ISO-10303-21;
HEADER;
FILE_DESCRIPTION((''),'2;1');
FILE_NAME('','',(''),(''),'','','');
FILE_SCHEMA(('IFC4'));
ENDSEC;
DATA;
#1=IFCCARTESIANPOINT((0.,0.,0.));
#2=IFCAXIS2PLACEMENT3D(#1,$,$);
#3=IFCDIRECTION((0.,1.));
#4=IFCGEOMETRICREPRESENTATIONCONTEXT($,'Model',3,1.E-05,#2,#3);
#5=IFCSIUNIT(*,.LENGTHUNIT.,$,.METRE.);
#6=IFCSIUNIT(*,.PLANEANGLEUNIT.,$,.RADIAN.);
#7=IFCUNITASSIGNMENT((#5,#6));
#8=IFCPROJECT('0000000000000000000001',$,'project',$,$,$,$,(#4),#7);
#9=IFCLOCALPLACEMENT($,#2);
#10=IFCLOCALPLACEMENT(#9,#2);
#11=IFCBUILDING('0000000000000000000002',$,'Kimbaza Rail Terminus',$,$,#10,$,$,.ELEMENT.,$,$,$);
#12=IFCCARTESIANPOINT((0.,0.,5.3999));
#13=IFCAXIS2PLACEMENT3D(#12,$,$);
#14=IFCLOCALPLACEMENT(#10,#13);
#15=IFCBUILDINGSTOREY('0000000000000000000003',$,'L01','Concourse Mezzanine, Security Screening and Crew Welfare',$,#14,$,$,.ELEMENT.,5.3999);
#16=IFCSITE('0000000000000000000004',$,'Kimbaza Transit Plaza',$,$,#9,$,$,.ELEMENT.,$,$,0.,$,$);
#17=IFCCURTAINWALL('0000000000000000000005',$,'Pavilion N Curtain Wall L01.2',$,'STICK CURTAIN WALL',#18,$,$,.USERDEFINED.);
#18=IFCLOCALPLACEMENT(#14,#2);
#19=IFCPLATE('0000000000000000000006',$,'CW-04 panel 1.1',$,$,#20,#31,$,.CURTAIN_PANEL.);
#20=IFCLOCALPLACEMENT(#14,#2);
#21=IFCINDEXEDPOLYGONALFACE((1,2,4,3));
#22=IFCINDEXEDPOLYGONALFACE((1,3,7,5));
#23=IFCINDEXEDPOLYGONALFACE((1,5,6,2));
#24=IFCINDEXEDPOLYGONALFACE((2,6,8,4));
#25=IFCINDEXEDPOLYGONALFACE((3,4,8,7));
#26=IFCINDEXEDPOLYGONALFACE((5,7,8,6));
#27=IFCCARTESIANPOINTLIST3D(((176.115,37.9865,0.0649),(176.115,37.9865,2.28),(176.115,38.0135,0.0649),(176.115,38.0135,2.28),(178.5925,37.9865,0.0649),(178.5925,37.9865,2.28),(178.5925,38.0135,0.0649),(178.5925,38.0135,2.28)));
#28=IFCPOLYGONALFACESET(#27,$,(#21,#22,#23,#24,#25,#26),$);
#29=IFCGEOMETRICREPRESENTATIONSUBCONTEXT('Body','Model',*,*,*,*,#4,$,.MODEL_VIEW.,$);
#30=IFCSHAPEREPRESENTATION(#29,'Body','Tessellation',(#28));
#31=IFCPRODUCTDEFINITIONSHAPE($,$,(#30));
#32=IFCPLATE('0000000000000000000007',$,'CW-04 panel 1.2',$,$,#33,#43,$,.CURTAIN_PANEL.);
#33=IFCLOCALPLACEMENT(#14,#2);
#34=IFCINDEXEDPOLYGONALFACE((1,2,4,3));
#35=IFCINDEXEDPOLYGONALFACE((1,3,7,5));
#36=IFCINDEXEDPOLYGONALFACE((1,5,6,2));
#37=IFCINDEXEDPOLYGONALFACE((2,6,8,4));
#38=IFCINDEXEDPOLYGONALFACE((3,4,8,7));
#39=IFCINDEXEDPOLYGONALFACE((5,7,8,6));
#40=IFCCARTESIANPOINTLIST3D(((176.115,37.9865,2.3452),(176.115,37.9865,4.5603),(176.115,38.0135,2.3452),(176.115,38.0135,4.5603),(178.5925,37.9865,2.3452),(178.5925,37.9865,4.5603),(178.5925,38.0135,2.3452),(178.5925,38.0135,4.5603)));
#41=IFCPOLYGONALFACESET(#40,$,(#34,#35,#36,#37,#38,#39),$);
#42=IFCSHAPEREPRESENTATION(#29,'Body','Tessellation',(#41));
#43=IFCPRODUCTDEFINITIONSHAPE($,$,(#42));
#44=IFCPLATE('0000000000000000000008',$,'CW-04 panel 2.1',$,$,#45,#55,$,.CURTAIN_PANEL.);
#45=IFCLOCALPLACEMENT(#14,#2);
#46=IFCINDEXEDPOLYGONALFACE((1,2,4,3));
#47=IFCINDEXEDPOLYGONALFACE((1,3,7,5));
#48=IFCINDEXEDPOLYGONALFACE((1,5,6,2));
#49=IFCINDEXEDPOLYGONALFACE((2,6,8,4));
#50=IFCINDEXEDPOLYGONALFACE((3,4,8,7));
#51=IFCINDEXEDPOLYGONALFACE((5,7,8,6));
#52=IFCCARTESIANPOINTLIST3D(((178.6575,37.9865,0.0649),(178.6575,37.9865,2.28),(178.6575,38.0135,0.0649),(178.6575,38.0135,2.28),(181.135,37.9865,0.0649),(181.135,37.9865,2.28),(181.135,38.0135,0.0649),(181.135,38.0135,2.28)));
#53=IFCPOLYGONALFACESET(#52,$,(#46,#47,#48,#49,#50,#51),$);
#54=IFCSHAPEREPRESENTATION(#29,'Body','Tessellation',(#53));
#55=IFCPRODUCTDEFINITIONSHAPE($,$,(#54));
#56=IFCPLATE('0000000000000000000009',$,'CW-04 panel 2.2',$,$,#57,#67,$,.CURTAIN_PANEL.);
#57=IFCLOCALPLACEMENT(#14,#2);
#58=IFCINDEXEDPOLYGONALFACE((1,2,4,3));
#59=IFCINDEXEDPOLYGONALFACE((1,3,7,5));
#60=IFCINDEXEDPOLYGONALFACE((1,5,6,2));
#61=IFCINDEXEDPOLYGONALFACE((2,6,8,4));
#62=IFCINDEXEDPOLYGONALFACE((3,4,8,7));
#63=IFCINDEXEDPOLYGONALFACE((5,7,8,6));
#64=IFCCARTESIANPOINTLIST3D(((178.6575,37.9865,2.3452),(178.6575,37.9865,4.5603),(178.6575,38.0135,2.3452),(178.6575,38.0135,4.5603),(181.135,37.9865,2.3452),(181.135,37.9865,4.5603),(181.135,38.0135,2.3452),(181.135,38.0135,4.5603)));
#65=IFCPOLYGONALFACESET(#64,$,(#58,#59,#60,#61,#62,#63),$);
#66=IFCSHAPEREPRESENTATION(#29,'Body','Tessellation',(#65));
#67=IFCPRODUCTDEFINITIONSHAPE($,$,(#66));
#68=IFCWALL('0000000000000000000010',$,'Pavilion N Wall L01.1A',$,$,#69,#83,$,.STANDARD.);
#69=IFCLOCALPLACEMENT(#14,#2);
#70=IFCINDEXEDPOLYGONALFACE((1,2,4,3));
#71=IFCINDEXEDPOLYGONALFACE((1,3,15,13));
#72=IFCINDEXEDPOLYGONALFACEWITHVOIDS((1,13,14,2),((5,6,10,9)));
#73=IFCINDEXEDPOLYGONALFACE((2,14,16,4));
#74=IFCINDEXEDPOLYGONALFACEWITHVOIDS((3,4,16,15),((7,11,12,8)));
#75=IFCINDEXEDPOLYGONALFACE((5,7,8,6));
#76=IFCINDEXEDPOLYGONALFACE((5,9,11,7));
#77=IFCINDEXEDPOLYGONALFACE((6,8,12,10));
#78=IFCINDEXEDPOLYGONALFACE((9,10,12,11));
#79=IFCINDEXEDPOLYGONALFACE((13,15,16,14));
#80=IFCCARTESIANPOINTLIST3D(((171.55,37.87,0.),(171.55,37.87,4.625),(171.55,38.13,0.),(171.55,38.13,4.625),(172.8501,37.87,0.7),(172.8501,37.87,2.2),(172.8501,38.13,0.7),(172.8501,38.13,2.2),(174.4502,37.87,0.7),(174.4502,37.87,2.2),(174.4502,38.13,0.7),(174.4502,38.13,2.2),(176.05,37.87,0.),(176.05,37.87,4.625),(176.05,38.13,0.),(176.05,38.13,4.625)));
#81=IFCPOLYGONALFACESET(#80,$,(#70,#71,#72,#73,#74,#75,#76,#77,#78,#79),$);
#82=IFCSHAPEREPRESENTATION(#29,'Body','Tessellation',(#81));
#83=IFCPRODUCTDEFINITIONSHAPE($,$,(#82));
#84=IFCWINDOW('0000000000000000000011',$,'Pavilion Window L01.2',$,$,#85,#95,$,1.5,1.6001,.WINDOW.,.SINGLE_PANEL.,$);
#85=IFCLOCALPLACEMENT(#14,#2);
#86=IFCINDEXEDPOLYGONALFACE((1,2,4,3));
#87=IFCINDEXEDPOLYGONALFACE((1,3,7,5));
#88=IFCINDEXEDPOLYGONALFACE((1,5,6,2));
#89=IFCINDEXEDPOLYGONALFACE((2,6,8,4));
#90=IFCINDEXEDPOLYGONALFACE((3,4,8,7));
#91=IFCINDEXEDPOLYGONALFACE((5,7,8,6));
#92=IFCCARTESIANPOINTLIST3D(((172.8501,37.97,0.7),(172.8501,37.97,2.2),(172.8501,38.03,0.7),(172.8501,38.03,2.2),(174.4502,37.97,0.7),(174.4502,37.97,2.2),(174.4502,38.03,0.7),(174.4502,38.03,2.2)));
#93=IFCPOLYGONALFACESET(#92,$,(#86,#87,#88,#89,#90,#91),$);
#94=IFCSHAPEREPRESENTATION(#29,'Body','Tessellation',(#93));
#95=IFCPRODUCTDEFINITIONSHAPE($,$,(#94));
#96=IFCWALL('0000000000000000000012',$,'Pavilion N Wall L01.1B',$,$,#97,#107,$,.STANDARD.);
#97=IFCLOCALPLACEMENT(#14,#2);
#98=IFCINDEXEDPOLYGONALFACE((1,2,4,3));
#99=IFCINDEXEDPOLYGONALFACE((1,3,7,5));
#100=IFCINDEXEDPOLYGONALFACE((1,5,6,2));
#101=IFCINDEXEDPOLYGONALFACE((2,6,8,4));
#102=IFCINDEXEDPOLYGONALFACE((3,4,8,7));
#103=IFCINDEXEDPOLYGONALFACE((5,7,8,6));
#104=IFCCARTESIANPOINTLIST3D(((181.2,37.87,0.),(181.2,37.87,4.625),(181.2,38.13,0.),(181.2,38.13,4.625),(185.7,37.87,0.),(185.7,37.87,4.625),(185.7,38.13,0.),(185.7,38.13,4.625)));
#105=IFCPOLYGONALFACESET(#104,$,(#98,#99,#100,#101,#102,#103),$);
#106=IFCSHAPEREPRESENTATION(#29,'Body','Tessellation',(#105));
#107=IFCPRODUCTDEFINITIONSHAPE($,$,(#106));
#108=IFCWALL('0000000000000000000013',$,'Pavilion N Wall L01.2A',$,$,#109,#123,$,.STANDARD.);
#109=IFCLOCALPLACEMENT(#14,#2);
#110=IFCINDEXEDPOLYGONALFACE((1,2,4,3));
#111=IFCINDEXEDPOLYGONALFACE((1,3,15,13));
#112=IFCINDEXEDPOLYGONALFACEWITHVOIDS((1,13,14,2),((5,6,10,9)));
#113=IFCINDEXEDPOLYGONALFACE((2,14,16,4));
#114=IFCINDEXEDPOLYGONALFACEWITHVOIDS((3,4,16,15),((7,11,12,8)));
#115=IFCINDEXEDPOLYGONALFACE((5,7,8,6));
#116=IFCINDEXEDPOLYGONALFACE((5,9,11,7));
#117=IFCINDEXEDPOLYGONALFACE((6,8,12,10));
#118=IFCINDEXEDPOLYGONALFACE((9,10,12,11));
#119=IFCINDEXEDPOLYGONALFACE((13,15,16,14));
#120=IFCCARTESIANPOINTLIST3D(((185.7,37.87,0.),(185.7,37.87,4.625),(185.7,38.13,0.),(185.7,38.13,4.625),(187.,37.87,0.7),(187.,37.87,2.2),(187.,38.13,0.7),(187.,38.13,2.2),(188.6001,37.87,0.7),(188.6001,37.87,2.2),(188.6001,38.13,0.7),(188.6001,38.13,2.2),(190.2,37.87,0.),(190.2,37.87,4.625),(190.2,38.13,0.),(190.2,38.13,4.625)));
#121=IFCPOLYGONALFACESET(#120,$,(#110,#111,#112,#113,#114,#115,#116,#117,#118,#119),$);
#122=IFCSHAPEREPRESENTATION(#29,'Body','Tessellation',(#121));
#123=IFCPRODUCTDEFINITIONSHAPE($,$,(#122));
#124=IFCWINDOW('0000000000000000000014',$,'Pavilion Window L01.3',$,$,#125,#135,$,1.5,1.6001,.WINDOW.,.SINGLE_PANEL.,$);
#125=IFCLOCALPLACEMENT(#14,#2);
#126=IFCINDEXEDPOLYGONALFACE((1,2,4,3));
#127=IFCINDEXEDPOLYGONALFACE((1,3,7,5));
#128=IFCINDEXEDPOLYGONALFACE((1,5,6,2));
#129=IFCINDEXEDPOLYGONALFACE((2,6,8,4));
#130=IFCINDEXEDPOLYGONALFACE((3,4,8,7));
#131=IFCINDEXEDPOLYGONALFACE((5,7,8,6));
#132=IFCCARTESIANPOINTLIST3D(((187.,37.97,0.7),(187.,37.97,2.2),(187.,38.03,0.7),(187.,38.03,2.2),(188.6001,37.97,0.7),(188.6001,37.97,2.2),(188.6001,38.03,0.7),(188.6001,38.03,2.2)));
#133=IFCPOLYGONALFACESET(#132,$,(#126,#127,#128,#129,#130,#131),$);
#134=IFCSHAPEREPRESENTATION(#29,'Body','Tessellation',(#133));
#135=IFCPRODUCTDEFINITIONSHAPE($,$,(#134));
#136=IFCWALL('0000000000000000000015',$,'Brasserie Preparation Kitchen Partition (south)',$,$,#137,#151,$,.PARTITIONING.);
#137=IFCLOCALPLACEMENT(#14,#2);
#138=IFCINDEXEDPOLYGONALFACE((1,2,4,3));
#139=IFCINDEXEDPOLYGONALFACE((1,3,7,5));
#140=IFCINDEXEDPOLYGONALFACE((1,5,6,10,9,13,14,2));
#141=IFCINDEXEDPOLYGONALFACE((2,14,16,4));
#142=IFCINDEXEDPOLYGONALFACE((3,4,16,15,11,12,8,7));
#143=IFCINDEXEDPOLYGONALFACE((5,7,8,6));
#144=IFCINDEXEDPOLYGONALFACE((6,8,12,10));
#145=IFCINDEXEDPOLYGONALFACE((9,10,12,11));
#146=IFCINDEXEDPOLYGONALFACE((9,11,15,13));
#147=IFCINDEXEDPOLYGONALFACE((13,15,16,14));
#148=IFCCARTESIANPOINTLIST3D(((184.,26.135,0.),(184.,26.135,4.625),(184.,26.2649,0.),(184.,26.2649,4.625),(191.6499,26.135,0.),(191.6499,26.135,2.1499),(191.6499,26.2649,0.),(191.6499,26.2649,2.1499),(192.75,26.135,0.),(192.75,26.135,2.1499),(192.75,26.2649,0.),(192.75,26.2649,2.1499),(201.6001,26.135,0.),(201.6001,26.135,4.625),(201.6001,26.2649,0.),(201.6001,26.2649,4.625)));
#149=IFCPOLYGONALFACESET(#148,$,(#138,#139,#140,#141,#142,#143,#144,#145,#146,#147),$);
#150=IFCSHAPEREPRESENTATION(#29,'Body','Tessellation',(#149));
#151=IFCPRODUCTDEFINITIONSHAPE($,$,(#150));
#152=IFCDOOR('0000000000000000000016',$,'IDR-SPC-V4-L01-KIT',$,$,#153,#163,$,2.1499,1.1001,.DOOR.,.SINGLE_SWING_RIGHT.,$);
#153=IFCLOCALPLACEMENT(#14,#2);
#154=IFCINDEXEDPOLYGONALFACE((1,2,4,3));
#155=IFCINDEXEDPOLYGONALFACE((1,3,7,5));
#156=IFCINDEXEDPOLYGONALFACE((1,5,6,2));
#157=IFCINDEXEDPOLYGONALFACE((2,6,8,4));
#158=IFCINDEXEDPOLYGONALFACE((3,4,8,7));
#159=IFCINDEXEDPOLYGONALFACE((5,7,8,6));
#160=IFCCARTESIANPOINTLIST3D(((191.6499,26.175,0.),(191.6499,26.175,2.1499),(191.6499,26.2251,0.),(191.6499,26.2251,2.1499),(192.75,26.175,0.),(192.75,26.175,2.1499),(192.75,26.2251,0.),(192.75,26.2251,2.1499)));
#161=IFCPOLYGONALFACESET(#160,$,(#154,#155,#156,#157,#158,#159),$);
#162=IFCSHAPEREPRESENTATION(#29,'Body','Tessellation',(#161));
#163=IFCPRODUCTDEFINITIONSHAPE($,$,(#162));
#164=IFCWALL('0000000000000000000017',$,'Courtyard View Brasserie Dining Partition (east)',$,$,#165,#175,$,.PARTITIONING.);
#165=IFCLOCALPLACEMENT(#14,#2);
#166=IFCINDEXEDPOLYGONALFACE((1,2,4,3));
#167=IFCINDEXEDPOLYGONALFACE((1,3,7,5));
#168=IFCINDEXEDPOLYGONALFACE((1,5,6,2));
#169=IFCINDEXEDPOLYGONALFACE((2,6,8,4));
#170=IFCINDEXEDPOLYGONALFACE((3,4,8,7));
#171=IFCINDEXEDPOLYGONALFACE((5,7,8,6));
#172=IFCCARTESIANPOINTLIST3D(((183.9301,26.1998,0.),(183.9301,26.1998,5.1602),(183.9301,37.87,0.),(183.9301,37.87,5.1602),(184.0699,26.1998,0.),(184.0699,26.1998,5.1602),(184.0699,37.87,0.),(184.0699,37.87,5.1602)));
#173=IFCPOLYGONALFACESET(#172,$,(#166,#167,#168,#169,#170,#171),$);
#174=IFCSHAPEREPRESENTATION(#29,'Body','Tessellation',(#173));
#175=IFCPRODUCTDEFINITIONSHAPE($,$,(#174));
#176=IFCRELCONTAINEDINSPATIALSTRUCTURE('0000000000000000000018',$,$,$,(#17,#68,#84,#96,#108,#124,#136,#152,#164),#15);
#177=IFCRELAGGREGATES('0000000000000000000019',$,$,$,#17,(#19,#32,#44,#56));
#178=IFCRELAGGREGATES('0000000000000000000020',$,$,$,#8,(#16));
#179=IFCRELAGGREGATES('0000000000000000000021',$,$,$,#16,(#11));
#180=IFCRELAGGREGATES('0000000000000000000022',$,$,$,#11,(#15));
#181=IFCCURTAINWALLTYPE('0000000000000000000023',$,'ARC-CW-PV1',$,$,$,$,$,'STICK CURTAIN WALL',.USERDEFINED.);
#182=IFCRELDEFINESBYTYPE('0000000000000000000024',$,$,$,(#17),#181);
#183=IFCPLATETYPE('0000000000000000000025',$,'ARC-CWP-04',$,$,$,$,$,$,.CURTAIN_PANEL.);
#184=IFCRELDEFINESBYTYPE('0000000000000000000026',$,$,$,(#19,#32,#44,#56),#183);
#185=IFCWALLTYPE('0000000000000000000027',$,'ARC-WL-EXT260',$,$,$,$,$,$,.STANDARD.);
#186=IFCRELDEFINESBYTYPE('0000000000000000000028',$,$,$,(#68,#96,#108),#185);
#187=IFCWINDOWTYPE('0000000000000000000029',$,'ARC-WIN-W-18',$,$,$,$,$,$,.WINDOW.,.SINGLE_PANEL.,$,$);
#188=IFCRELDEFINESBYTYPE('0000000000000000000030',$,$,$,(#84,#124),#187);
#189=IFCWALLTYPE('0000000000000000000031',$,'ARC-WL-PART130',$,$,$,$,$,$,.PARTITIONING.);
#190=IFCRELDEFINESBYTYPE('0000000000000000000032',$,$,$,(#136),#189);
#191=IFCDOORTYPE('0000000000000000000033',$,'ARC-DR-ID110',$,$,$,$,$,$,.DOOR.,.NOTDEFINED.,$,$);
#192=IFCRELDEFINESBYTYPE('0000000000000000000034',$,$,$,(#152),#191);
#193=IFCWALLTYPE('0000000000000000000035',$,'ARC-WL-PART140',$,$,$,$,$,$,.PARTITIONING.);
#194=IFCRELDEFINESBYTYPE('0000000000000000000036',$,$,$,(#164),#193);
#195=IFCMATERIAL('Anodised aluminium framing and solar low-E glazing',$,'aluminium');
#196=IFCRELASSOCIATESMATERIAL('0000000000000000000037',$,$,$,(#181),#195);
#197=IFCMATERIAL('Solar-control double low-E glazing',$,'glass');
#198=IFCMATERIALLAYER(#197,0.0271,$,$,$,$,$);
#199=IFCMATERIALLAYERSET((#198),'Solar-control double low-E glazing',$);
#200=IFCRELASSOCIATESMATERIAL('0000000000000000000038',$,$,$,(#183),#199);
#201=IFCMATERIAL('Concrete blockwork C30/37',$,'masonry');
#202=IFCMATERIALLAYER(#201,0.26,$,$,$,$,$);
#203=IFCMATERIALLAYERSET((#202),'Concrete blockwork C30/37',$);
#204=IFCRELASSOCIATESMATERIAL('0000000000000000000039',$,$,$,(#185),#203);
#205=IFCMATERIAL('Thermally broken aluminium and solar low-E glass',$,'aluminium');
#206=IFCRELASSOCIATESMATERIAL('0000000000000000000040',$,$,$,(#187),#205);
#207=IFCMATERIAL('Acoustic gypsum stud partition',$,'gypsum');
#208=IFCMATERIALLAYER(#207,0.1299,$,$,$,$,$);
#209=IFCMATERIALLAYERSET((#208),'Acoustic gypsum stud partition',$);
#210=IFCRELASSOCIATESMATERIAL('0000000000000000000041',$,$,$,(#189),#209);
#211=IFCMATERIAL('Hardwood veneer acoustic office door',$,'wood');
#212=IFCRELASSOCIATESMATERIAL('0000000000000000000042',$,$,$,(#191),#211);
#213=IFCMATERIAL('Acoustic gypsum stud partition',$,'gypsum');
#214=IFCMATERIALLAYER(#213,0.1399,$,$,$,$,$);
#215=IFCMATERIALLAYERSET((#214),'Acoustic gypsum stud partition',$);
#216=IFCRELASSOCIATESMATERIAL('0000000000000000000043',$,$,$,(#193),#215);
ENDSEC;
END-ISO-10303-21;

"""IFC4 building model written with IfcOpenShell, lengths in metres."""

from ifc_helpers import new_model, si_unit, direction, frame, frame_2d, origin, origin_2d, place, context, subcontext, project, spatial, rectangle, extrude, material, layer, layer_set, type_object, element, fill, aggregate, save


model = new_model("IFC4")

# Units and contexts
model_context = context("Model", 3, precision=1e-05, world=origin(), true_north=direction((0.0, 1.0)))
body_context = subcontext(model_context, "Body", "Model", "MODEL_VIEW")
ifc_project = project(units=[si_unit("LENGTHUNIT", "METRE"), si_unit("PLANEANGLEUNIT", "RADIAN")], contexts=[model_context])

# Site, building, storey
site_placement = place(None, origin())
site = spatial("IfcSite", under=ifc_project, at=site_placement, Name="Kimbaza Transit Plaza", CompositionType="ELEMENT", RefElevation=0.0)
building_placement = place(site_placement, origin())
building = spatial("IfcBuilding", under=site, at=building_placement, Name="Kimbaza Rail Terminus", CompositionType="ELEMENT")
storey_placement = place(building_placement, frame((0.0, 0.0, 5.3999)))
storey = spatial("IfcBuildingStorey", under=building, at=storey_placement, Name="L01", Description="Concourse Mezzanine, Security Screening and Crew Welfare", CompositionType="ELEMENT", Elevation=5.3999)

# Curtain wall
ifc_material_1 = material(Name="Anodised aluminium framing and solar low-E glazing", Category="aluminium")
curtain_wall_type = type_object("IfcCurtainWallType", Name="ARC-CW-PV1", ElementType="STICK CURTAIN WALL", PredefinedType="USERDEFINED", material=ifc_material_1)
curtain_wall_placement = place(storey_placement, origin())
curtain_wall = element("IfcCurtainWall", 1, at=curtain_wall_placement, inside=storey, type_object=curtain_wall_type, Name="Pavilion N Curtain Wall L01.2", ObjectType="STICK CURTAIN WALL", PredefinedType="USERDEFINED")

# Plates
ifc_material_2 = material(Name="Solar-control double low-E glazing", Category="glass")
ifc_layer_1 = layer(ifc_material_2, 0.0271)
ifc_layer_set_1 = layer_set([ifc_layer_1], Name="Solar-control double low-E glazing")
plate_type = type_object("IfcPlateType", Name="ARC-CWP-04", PredefinedType="CURTAIN_PANEL", material=ifc_layer_set_1)
plate_1_placement = place(storey_placement, frame((177.3538, 38.0, 0.0649), z_axis=(0.0, 0.0, 1.0), x_axis=(1.0, 0.0, 0.0)))
plate_1 = element("IfcPlate", 2, at=plate_1_placement, type_object=plate_type, Name="CW-04 panel 1.1", PredefinedType="CURTAIN_PANEL", context=body_context, shape_type="SweptSolid", body=[
    extrude(rectangle(XDim=2.4775, YDim=0.0271, at=origin_2d()), origin(), (0.0, 0.0, 1.0), 2.2151),
])
plate_2_placement = place(storey_placement, frame((177.3538, 38.0, 2.3452), z_axis=(0.0, 0.0, 1.0), x_axis=(1.0, 0.0, 0.0)))
plate_2 = element("IfcPlate", 3, at=plate_2_placement, type_object=plate_type, Name="CW-04 panel 1.2", PredefinedType="CURTAIN_PANEL", context=body_context, shape_type="SweptSolid", body=[
    extrude(rectangle(XDim=2.4775, YDim=0.0271, at=origin_2d()), origin(), (0.0, 0.0, 1.0), 2.2151),
])
plate_3_placement = place(storey_placement, frame((179.8962, 38.0, 0.0649), z_axis=(0.0, 0.0, 1.0), x_axis=(1.0, 0.0, 0.0)))
plate_3 = element("IfcPlate", 4, at=plate_3_placement, type_object=plate_type, Name="CW-04 panel 2.1", PredefinedType="CURTAIN_PANEL", context=body_context, shape_type="SweptSolid", body=[
    extrude(rectangle(XDim=2.4775, YDim=0.0271, at=origin_2d()), origin(), (0.0, 0.0, 1.0), 2.2151),
])
plate_4_placement = place(storey_placement, frame((179.8962, 38.0, 2.3452), z_axis=(0.0, 0.0, 1.0), x_axis=(1.0, 0.0, 0.0)))
plate_4 = element("IfcPlate", 5, at=plate_4_placement, type_object=plate_type, Name="CW-04 panel 2.2", PredefinedType="CURTAIN_PANEL", context=body_context, shape_type="SweptSolid", body=[
    extrude(rectangle(XDim=2.4775, YDim=0.0271, at=origin_2d()), origin(), (0.0, 0.0, 1.0), 2.2151),
])
aggregate(curtain_wall, [plate_1, plate_2, plate_3, plate_4])

# Wall, opening, window
ifc_material_3 = material(Name="Concrete blockwork C30/37", Category="masonry")
ifc_layer_2 = layer(ifc_material_3, 0.26)
ifc_layer_set_2 = layer_set([ifc_layer_2], Name="Concrete blockwork C30/37")
wall_type_1 = type_object("IfcWallType", Name="ARC-WL-EXT260", PredefinedType="STANDARD", material=ifc_layer_set_2)
wall_1_placement = place(storey_placement, frame((171.55, 38.0, 0.0), z_axis=(0.0, 0.0, 1.0), x_axis=(1.0, 0.0, 0.0)))
wall_1 = element("IfcWall", 6, at=wall_1_placement, inside=storey, type_object=wall_type_1, Name="Pavilion N Wall L01.1A", PredefinedType="STANDARD", context=body_context, shape_type="SweptSolid", body=[
    extrude(rectangle(XDim=4.5, YDim=0.26, at=frame_2d((2.25, 0.0))), origin(), (0.0, 0.0, 1.0), 4.625),
])
opening_1_placement = place(wall_1_placement, frame((1.3, 0.0, 0.7)))
opening_1 = element("IfcOpeningElement", 7, at=opening_1_placement, cuts=wall_1, PredefinedType="OPENING", context=body_context, shape_type="SweptSolid", body=[
    extrude(rectangle(XDim=1.6001, YDim=1.5, at=frame_2d((0.8, 0.75))), frame((0.0, 0.1399, 0.0), z_axis=(0.0, -1.0, 0.0), x_axis=(1.0, 0.0, 0.0)), (0.0, 0.0, 1.0), 0.28),
])
ifc_material_4 = material(Name="Thermally broken aluminium and solar low-E glass", Category="aluminium")
window_type = type_object("IfcWindowType", Name="ARC-WIN-W-18", PartitioningType="SINGLE_PANEL", PredefinedType="WINDOW", material=ifc_material_4)
window_1_placement = place(opening_1_placement, origin())
window_1 = element("IfcWindow", 8, at=window_1_placement, inside=storey, type_object=window_type, Name="Pavilion Window L01.2", OverallHeight=1.5, OverallWidth=1.6001, PartitioningType="SINGLE_PANEL", PredefinedType="WINDOW", context=body_context, shape_type="SweptSolid", body=[
    extrude(rectangle(XDim=1.6001, YDim=1.5, at=frame_2d((0.8, 0.75))), frame((0.0, 0.03, 0.0), z_axis=(0.0, -1.0, 0.0), x_axis=(1.0, 0.0, 0.0)), (0.0, 0.0, 1.0), 0.0601),
])
fill(opening_1, window_1)

# Wall
wall_2_placement = place(storey_placement, frame((181.2, 38.0, 0.0), z_axis=(0.0, 0.0, 1.0), x_axis=(1.0, 0.0, 0.0)))
element("IfcWall", 9, at=wall_2_placement, inside=storey, type_object=wall_type_1, Name="Pavilion N Wall L01.1B", PredefinedType="STANDARD", context=body_context, shape_type="SweptSolid", body=[
    extrude(rectangle(XDim=4.5, YDim=0.26, at=frame_2d((2.25, 0.0))), origin(), (0.0, 0.0, 1.0), 4.625),
])

# Wall, opening, window
wall_3_placement = place(storey_placement, frame((185.7, 38.0, 0.0), z_axis=(0.0, 0.0, 1.0), x_axis=(1.0, 0.0, 0.0)))
wall_3 = element("IfcWall", 10, at=wall_3_placement, inside=storey, type_object=wall_type_1, Name="Pavilion N Wall L01.2A", PredefinedType="STANDARD", context=body_context, shape_type="SweptSolid", body=[
    extrude(rectangle(XDim=4.5, YDim=0.26, at=frame_2d((2.25, 0.0))), origin(), (0.0, 0.0, 1.0), 4.625),
])
opening_2_placement = place(wall_3_placement, frame((1.3, 0.0, 0.7)))
opening_2 = element("IfcOpeningElement", 11, at=opening_2_placement, cuts=wall_3, PredefinedType="OPENING", context=body_context, shape_type="SweptSolid", body=[
    extrude(rectangle(XDim=1.6001, YDim=1.5, at=frame_2d((0.8, 0.75))), frame((0.0, 0.1399, 0.0), z_axis=(0.0, -1.0, 0.0), x_axis=(1.0, 0.0, 0.0)), (0.0, 0.0, 1.0), 0.28),
])
window_2_placement = place(opening_2_placement, origin())
window_2 = element("IfcWindow", 12, at=window_2_placement, inside=storey, type_object=window_type, Name="Pavilion Window L01.3", OverallHeight=1.5, OverallWidth=1.6001, PartitioningType="SINGLE_PANEL", PredefinedType="WINDOW", context=body_context, shape_type="SweptSolid", body=[
    extrude(rectangle(XDim=1.6001, YDim=1.5, at=frame_2d((0.8, 0.75))), frame((0.0, 0.03, 0.0), z_axis=(0.0, -1.0, 0.0), x_axis=(1.0, 0.0, 0.0)), (0.0, 0.0, 1.0), 0.0601),
])
fill(opening_2, window_2)

# Wall, opening, door
ifc_material_5 = material(Name="Acoustic gypsum stud partition", Category="gypsum")
ifc_layer_3 = layer(ifc_material_5, 0.1299)
ifc_layer_set_3 = layer_set([ifc_layer_3], Name="Acoustic gypsum stud partition")
wall_type_2 = type_object("IfcWallType", Name="ARC-WL-PART130", PredefinedType="PARTITIONING", material=ifc_layer_set_3)
wall_4_placement = place(storey_placement, frame((184.0, 26.2, 0.0), z_axis=(0.0, 0.0, 1.0), x_axis=(1.0, 0.0, 0.0)))
wall_4 = element("IfcWall", 13, at=wall_4_placement, inside=storey, type_object=wall_type_2, Name="Brasserie Preparation Kitchen Partition (south)", PredefinedType="PARTITIONING", context=body_context, shape_type="SweptSolid", body=[
    extrude(rectangle(XDim=17.6001, YDim=0.1299, at=frame_2d((8.8, 0.0))), origin(), (0.0, 0.0, 1.0), 4.625),
])
opening_3_placement = place(wall_4_placement, frame((8.75, 0.0, 0.0), z_axis=(0.0, 0.0, 1.0), x_axis=(-1.0, 0.0, 0.0)))
opening_3 = element("IfcOpeningElement", 14, at=opening_3_placement, cuts=wall_4, PredefinedType="OPENING", context=body_context, shape_type="SweptSolid", body=[
    extrude(rectangle(XDim=1.1001, YDim=2.1499, at=frame_2d((0.55, 1.075))), frame((0.0, 0.075, 0.0), z_axis=(0.0, -1.0, 0.0), x_axis=(1.0, 0.0, 0.0)), (0.0, 0.0, 1.0), 0.1499),
])
ifc_material_6 = material(Name="Hardwood veneer acoustic office door", Category="wood")
door_type = type_object("IfcDoorType", Name="ARC-DR-ID110", OperationType="NOTDEFINED", PredefinedType="DOOR", material=ifc_material_6)
door_placement = place(opening_3_placement, origin())
door = element("IfcDoor", 15, at=door_placement, inside=storey, type_object=door_type, Name="IDR-SPC-V4-L01-KIT", OperationType="SINGLE_SWING_RIGHT", OverallHeight=2.1499, OverallWidth=1.1001, PredefinedType="DOOR", context=body_context, shape_type="SweptSolid", body=[
    extrude(rectangle(XDim=1.1001, YDim=2.1499, at=frame_2d((0.55, 1.075))), frame((0.0, 0.0249, 0.0), z_axis=(0.0, -1.0, 0.0), x_axis=(1.0, 0.0, 0.0)), (0.0, 0.0, 1.0), 0.05),
])
fill(opening_3, door)

# Wall
ifc_material_7 = material(Name="Acoustic gypsum stud partition", Category="gypsum")
ifc_layer_4 = layer(ifc_material_7, 0.1399)
ifc_layer_set_4 = layer_set([ifc_layer_4], Name="Acoustic gypsum stud partition")
wall_type_3 = type_object("IfcWallType", Name="ARC-WL-PART140", PredefinedType="PARTITIONING", material=ifc_layer_set_4)
wall_5_placement = place(storey_placement, frame((184.0, 26.2, 0.0), z_axis=(0.0, 0.0, 1.0), x_axis=(0.0, 1.0, 0.0)))
element("IfcWall", 16, at=wall_5_placement, inside=storey, type_object=wall_type_3, Name="Courtyard View Brasserie Dining Partition (east)", PredefinedType="PARTITIONING", context=body_context, shape_type="SweptSolid", body=[
    extrude(rectangle(XDim=11.6702, YDim=0.1399, at=frame_2d((5.835, 0.0))), origin(), (0.0, 0.0, 1.0), 5.1602),
])

save(model, "model.ifc")
